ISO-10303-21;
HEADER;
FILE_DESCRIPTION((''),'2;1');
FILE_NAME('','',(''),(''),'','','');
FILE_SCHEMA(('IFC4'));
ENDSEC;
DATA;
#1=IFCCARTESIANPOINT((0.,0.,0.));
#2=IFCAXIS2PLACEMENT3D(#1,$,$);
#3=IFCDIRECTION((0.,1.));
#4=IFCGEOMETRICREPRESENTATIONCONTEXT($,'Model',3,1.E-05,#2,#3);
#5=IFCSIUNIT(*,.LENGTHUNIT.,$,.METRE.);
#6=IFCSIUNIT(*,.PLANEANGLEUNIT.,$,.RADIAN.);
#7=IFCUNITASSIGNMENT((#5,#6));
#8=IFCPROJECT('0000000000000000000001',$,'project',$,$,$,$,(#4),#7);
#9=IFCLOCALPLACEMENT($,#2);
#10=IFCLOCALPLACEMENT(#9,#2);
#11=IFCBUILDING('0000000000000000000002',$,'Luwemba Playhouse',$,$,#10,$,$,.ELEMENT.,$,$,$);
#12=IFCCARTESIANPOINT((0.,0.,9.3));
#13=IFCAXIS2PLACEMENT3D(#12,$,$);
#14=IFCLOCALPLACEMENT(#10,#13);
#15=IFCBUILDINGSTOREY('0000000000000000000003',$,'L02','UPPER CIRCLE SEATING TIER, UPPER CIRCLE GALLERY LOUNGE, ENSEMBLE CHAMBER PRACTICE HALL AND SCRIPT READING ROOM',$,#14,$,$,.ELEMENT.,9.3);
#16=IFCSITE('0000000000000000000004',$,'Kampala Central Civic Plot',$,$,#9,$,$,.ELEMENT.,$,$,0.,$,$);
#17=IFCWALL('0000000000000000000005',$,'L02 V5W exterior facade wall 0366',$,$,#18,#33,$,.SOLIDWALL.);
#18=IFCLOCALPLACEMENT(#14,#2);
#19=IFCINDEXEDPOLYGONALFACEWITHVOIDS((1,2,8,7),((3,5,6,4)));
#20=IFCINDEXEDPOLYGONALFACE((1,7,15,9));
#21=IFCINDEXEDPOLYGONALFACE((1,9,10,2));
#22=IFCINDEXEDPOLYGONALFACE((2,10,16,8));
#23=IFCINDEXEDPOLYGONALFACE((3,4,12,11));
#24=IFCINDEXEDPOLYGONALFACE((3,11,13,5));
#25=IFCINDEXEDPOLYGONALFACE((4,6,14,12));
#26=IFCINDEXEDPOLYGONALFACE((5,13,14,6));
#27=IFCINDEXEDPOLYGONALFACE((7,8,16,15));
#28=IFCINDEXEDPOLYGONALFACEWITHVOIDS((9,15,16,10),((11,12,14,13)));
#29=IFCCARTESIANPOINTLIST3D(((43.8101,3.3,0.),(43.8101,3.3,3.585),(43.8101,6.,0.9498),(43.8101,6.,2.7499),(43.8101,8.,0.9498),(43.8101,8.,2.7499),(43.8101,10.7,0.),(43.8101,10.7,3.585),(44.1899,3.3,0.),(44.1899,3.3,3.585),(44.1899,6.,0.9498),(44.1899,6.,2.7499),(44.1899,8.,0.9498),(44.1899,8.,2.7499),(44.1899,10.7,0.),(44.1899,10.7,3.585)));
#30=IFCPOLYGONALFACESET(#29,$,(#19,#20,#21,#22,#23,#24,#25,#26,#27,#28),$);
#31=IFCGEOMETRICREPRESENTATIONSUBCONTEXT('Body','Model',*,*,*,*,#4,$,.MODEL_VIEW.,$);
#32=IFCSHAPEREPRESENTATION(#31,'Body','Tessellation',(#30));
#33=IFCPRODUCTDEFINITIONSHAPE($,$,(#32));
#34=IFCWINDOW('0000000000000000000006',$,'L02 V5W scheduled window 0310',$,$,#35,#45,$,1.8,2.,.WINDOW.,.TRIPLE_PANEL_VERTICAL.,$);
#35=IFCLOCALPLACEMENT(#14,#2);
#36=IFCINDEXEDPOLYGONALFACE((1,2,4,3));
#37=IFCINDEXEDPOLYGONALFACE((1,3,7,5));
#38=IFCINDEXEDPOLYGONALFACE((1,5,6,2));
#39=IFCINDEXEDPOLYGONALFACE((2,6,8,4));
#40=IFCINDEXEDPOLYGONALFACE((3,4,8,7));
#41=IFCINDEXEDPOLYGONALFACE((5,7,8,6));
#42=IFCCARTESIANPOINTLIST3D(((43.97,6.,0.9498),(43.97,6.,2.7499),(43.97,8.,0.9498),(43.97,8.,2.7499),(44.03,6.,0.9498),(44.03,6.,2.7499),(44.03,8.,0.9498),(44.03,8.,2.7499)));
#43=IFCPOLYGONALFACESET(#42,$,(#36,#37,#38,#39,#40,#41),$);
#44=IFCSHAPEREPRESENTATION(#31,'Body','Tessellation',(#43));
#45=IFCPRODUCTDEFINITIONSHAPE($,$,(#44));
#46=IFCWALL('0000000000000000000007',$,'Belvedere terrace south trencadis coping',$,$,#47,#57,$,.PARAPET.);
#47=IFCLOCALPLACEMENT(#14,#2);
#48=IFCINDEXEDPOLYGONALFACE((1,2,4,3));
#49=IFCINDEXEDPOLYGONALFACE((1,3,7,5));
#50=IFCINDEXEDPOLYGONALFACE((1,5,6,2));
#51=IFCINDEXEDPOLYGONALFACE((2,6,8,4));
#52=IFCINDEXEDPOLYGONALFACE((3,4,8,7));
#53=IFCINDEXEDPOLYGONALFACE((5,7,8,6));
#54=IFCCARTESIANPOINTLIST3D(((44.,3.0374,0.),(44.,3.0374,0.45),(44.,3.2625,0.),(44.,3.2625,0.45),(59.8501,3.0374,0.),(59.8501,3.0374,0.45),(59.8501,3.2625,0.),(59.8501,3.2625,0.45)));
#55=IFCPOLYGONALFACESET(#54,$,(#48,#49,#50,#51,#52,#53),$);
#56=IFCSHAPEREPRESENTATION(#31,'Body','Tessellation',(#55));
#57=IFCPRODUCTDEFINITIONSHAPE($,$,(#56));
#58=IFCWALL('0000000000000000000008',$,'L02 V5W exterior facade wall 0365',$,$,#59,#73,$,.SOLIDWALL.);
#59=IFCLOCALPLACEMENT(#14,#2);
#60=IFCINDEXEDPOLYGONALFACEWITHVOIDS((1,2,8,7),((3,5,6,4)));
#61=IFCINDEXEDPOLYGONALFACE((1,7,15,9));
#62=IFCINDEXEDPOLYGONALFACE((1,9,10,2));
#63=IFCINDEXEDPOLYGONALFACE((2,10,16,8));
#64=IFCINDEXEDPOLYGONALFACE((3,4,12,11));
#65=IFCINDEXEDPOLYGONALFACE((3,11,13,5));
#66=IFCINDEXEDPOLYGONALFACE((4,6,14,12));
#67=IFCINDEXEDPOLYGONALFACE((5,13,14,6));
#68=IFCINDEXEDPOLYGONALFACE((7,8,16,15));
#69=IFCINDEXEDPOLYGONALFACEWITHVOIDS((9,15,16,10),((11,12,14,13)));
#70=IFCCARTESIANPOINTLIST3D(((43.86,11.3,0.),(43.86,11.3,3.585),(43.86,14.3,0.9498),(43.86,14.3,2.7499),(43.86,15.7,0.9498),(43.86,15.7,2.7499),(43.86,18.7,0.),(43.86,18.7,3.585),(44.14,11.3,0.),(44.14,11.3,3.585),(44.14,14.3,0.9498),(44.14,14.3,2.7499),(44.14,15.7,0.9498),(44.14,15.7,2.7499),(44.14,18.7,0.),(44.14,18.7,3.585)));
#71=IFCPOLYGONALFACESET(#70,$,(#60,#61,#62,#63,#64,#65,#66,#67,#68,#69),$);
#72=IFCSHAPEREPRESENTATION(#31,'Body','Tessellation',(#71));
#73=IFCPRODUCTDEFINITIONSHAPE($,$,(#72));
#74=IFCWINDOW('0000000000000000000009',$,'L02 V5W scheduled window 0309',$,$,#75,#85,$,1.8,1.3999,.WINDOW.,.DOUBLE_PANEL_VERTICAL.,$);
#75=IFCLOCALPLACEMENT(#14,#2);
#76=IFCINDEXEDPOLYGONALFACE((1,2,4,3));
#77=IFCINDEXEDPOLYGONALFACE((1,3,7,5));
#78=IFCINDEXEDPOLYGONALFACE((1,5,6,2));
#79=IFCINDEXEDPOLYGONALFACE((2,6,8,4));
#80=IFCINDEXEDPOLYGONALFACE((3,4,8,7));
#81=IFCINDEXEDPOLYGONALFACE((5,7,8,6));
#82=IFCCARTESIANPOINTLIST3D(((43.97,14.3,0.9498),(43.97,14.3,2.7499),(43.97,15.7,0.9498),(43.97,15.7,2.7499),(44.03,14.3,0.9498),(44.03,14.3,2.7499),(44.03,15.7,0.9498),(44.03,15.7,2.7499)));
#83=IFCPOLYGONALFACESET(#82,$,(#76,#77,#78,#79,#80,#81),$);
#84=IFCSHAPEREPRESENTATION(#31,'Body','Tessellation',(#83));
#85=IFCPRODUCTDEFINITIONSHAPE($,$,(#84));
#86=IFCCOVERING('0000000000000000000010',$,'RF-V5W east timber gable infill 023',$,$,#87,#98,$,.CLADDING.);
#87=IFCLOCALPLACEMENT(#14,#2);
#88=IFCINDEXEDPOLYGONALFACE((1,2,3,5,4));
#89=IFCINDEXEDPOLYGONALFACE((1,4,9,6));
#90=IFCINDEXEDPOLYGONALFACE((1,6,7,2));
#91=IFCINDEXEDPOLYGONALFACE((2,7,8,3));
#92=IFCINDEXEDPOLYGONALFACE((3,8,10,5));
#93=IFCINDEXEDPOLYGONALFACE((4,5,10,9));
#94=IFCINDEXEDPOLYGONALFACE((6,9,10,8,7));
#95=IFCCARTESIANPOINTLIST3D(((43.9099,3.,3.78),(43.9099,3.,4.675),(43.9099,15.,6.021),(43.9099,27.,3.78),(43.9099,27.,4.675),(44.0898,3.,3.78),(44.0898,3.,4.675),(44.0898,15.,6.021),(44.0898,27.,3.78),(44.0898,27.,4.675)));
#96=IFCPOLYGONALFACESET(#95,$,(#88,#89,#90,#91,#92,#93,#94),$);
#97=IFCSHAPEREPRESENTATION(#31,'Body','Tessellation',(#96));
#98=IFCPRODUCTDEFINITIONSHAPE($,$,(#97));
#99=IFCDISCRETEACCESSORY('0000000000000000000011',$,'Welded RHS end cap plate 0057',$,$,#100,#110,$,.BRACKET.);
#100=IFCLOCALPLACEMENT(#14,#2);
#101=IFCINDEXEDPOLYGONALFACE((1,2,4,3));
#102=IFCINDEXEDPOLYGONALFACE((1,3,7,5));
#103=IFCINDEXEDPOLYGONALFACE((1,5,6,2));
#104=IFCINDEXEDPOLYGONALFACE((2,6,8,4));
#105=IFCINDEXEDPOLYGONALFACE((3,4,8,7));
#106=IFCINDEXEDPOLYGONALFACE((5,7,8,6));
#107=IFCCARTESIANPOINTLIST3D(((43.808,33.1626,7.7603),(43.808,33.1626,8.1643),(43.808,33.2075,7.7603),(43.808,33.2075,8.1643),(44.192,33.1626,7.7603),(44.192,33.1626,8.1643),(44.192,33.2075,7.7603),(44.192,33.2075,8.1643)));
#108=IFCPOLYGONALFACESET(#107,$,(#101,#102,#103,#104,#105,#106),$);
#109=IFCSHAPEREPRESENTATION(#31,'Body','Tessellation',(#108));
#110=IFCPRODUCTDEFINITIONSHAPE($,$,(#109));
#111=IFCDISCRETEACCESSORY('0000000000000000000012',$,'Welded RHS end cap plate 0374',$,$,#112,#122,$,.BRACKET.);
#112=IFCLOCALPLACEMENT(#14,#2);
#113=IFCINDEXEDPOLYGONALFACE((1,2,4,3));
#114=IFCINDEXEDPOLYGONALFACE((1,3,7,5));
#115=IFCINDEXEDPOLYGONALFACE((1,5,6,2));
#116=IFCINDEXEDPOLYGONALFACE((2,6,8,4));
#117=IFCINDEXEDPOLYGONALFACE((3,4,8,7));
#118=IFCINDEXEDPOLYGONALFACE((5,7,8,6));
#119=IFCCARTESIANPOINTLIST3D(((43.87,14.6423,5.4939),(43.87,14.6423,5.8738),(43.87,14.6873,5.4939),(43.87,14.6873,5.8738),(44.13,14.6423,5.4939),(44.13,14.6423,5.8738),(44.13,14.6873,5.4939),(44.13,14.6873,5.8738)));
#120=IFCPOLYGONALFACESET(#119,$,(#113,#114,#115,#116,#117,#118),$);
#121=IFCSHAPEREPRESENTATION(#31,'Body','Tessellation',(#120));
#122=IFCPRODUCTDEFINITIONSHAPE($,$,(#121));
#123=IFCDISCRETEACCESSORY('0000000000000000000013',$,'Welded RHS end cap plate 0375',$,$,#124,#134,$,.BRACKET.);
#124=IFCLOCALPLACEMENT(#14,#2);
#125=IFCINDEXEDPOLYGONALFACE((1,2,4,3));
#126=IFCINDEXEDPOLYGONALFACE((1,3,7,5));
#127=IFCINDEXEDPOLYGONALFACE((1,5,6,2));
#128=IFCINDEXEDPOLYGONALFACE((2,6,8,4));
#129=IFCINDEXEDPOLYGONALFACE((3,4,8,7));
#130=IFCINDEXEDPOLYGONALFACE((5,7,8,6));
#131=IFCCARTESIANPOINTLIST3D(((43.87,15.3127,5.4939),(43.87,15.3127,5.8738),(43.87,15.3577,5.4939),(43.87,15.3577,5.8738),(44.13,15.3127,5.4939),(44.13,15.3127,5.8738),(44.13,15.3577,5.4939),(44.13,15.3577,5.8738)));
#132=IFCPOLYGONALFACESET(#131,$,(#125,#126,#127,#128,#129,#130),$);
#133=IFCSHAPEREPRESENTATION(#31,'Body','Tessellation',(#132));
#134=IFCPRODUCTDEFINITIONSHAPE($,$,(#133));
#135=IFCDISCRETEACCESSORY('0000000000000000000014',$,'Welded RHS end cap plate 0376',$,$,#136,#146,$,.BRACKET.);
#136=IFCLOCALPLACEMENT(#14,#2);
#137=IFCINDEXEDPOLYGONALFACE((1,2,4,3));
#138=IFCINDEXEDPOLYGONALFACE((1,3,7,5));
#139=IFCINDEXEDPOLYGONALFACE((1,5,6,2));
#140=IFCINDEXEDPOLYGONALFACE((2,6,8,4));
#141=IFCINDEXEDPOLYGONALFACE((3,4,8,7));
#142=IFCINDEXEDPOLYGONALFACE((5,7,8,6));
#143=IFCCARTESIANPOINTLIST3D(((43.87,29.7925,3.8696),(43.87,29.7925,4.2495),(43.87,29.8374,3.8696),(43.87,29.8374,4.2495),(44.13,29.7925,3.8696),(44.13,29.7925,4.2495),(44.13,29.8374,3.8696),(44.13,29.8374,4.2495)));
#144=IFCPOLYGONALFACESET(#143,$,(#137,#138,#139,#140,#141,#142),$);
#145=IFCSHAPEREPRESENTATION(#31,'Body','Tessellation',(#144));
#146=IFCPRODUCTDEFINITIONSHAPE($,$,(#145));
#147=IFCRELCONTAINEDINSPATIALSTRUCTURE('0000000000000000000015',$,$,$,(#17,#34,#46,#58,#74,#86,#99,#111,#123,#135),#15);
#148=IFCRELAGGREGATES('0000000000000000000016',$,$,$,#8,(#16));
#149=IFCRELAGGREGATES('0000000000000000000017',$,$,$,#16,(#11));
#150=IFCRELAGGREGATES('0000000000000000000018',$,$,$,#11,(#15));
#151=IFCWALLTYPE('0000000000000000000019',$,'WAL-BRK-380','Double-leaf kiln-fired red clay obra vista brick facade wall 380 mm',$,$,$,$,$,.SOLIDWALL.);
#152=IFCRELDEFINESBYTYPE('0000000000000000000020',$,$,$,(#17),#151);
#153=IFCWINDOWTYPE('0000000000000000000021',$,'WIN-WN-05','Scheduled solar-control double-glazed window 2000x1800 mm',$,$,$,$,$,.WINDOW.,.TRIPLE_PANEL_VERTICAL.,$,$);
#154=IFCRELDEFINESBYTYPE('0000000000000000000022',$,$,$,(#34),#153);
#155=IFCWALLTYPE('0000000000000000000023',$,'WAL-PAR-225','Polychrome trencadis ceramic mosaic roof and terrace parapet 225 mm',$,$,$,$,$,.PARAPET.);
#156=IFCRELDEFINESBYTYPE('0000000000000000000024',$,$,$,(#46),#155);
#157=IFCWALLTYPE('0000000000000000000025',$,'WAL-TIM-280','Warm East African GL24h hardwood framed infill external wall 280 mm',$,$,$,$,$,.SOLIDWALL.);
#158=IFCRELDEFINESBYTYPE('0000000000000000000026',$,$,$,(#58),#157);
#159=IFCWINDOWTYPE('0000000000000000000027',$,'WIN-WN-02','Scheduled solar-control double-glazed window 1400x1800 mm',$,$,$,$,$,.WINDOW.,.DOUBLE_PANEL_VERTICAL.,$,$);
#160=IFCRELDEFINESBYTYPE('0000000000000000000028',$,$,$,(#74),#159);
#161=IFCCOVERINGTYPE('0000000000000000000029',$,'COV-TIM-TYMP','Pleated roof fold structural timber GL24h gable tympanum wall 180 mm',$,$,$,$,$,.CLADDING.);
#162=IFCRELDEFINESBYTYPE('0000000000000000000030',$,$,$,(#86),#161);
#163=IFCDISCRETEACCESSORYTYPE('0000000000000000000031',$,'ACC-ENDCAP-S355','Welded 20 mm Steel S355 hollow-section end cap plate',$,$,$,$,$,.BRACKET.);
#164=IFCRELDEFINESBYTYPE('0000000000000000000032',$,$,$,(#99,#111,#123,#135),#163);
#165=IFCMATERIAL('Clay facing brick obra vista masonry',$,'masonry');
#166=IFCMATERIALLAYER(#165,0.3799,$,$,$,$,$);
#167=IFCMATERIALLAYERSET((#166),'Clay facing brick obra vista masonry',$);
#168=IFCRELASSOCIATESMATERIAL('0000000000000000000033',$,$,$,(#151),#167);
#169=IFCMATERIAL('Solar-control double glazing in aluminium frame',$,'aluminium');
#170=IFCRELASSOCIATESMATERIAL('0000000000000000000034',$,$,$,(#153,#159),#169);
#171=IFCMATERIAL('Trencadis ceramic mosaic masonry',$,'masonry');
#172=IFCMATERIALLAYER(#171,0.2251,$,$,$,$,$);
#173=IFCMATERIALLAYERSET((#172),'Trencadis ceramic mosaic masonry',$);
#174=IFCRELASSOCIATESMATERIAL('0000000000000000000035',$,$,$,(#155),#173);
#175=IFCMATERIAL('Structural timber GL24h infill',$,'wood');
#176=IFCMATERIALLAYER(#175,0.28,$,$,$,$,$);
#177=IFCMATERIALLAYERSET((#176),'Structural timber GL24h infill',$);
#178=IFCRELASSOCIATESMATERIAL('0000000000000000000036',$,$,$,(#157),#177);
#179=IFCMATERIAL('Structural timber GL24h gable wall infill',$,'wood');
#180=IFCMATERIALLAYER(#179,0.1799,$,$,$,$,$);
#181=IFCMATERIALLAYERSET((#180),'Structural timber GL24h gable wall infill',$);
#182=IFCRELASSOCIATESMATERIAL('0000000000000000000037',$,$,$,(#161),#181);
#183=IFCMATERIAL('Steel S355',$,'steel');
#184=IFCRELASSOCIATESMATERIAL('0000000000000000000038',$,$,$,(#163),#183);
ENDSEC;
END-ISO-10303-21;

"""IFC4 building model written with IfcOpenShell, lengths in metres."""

from ifc_helpers import new_model, si_unit, direction, frame, frame_2d, origin, origin_2d, place, context, subcontext, project, spatial, polyline, rectangle, outline, extrude, material, layer, layer_set, type_object, element, fill, save


model = new_model("IFC4")

# Units and contexts
model_context = context("Model", 3, precision=1e-05, world=origin(), true_north=direction((0.0, 1.0)))
body_context = subcontext(model_context, "Body", "Model", "MODEL_VIEW")
ifc_project = project(units=[si_unit("LENGTHUNIT", "METRE"), si_unit("PLANEANGLEUNIT", "RADIAN")], contexts=[model_context])

# Site, building, storey
site_placement = place(None, origin())
site = spatial("IfcSite", under=ifc_project, at=site_placement, Name="Kampala Central Civic Plot", CompositionType="ELEMENT", RefElevation=0.0)
building_placement = place(site_placement, origin())
building = spatial("IfcBuilding", under=site, at=building_placement, Name="Luwemba Playhouse", CompositionType="ELEMENT")
storey_placement = place(building_placement, frame((0.0, 0.0, 9.3)))
storey = spatial("IfcBuildingStorey", under=building, at=storey_placement, Name="L02", Description="UPPER CIRCLE SEATING TIER, UPPER CIRCLE GALLERY LOUNGE, ENSEMBLE CHAMBER PRACTICE HALL AND SCRIPT READING ROOM", CompositionType="ELEMENT", Elevation=9.3)

# Shared definitions
ifc_material_1 = material(Name="Steel S355", Category="steel")

# Shared definitions
ifc_material_2 = material(Name="Clay facing brick obra vista masonry", Category="masonry")
ifc_layer_1 = layer(ifc_material_2, 0.3799)
ifc_layer_set_1 = layer_set([ifc_layer_1], Name="Clay facing brick obra vista masonry")
wall_type_1 = type_object("IfcWallType", Name="WAL-BRK-380", Description="Double-leaf kiln-fired red clay obra vista brick facade wall 380 mm", PredefinedType="SOLIDWALL", material=ifc_layer_set_1)

# Wall, opening, window
wall_1_placement = place(storey_placement, frame((44.0, 10.7, 0.0), z_axis=(0.0, 0.0, 1.0), x_axis=(0.0, -1.0, 0.0)))
wall_1 = element("IfcWall", 1, at=wall_1_placement, inside=storey, type_object=wall_type_1, Name="L02 V5W exterior facade wall 0366", PredefinedType="SOLIDWALL", context=body_context, shape_type="SweptSolid", body=[
    extrude(rectangle(XDim=7.3999, YDim=0.3799, at=frame_2d((3.7, 0.0))), origin(), (0.0, 0.0, 1.0), 3.585),
])
opening_1_placement = place(wall_1_placement, frame((2.7, 0.0, 0.95)))
opening_1 = element("IfcOpeningElement", 2, at=opening_1_placement, cuts=wall_1, PredefinedType="OPENING", context=body_context, shape_type="SweptSolid", body=[
    extrude(rectangle(XDim=2.0, YDim=1.8, at=frame_2d((1.0, 0.8999))), frame((0.0, 0.2, 0.0), z_axis=(0.0, -1.0, 0.0), x_axis=(1.0, 0.0, 0.0)), (0.0, 0.0, 1.0), 0.3999),
])
ifc_material_3 = material(Name="Solar-control double glazing in aluminium frame", Category="aluminium")
window_type_1 = type_object("IfcWindowType", Name="WIN-WN-05", Description="Scheduled solar-control double-glazed window 2000x1800 mm", PartitioningType="TRIPLE_PANEL_VERTICAL", PredefinedType="WINDOW", material=ifc_material_3)
window_1_placement = place(opening_1_placement, origin())
window_1 = element("IfcWindow", 3, at=window_1_placement, inside=storey, type_object=window_type_1, Name="L02 V5W scheduled window 0310", OverallHeight=1.8, OverallWidth=2.0, PartitioningType="TRIPLE_PANEL_VERTICAL", PredefinedType="WINDOW", context=body_context, shape_type="SweptSolid", body=[
    extrude(rectangle(XDim=2.0, YDim=1.8, at=frame_2d((1.0, 0.8999))), frame((0.0, 0.03, 0.0), z_axis=(0.0, -1.0, 0.0), x_axis=(1.0, 0.0, 0.0)), (0.0, 0.0, 1.0), 0.0601),
])
fill(opening_1, window_1)

# Wall
ifc_material_4 = material(Name="Trencadis ceramic mosaic masonry", Category="masonry")
ifc_layer_2 = layer(ifc_material_4, 0.2251)
ifc_layer_set_2 = layer_set([ifc_layer_2], Name="Trencadis ceramic mosaic masonry")
wall_type_2 = type_object("IfcWallType", Name="WAL-PAR-225", Description="Polychrome trencadis ceramic mosaic roof and terrace parapet 225 mm", PredefinedType="PARAPET", material=ifc_layer_set_2)
wall_2_placement = place(storey_placement, frame((44.0, 3.1499, 0.0), z_axis=(0.0, 0.0, 1.0), x_axis=(1.0, 0.0, 0.0)))
element("IfcWall", 4, at=wall_2_placement, inside=storey, type_object=wall_type_2, Name="Belvedere terrace south trencadis coping", PredefinedType="PARAPET", context=body_context, shape_type="SweptSolid", body=[
    extrude(rectangle(XDim=15.8501, YDim=0.2251, at=frame_2d((7.925, 0.0))), origin(), (0.0, 0.0, 1.0), 0.45),
])

# Wall, opening, window
ifc_material_5 = material(Name="Structural timber GL24h infill", Category="wood")
ifc_layer_3 = layer(ifc_material_5, 0.28)
ifc_layer_set_3 = layer_set([ifc_layer_3], Name="Structural timber GL24h infill")
wall_type_3 = type_object("IfcWallType", Name="WAL-TIM-280", Description="Warm East African GL24h hardwood framed infill external wall 280 mm", PredefinedType="SOLIDWALL", material=ifc_layer_set_3)
wall_3_placement = place(storey_placement, frame((44.0, 18.7, 0.0), z_axis=(0.0, 0.0, 1.0), x_axis=(0.0, -1.0, 0.0)))
wall_3 = element("IfcWall", 5, at=wall_3_placement, inside=storey, type_object=wall_type_3, Name="L02 V5W exterior facade wall 0365", PredefinedType="SOLIDWALL", context=body_context, shape_type="SweptSolid", body=[
    extrude(rectangle(XDim=7.3999, YDim=0.28, at=frame_2d((3.7, 0.0))), origin(), (0.0, 0.0, 1.0), 3.585),
])
opening_2_placement = place(wall_3_placement, frame((3.0, 0.0, 0.95)))
opening_2 = element("IfcOpeningElement", 6, at=opening_2_placement, cuts=wall_3, PredefinedType="OPENING", context=body_context, shape_type="SweptSolid", body=[
    extrude(rectangle(XDim=1.3999, YDim=1.8, at=frame_2d((0.7, 0.8999))), frame((0.0, 0.1499, 0.0), z_axis=(0.0, -1.0, 0.0), x_axis=(1.0, 0.0, 0.0)), (0.0, 0.0, 1.0), 0.3),
])
window_type_2 = type_object("IfcWindowType", Name="WIN-WN-02", Description="Scheduled solar-control double-glazed window 1400x1800 mm", PartitioningType="DOUBLE_PANEL_VERTICAL", PredefinedType="WINDOW", material=ifc_material_3)
window_2_placement = place(opening_2_placement, origin())
window_2 = element("IfcWindow", 7, at=window_2_placement, inside=storey, type_object=window_type_2, Name="L02 V5W scheduled window 0309", OverallHeight=1.8, OverallWidth=1.3999, PartitioningType="DOUBLE_PANEL_VERTICAL", PredefinedType="WINDOW", context=body_context, shape_type="SweptSolid", body=[
    extrude(rectangle(XDim=1.3999, YDim=1.8, at=frame_2d((0.7, 0.8999))), frame((0.0, 0.03, 0.0), z_axis=(0.0, -1.0, 0.0), x_axis=(1.0, 0.0, 0.0)), (0.0, 0.0, 1.0), 0.0601),
])
fill(opening_2, window_2)

# Covering
ifc_material_6 = material(Name="Structural timber GL24h gable wall infill", Category="wood")
ifc_layer_4 = layer(ifc_material_6, 0.1799)
ifc_layer_set_4 = layer_set([ifc_layer_4], Name="Structural timber GL24h gable wall infill")
covering_type = type_object("IfcCoveringType", Name="COV-TIM-TYMP", Description="Pleated roof fold structural timber GL24h gable tympanum wall 180 mm", PredefinedType="CLADDING", material=ifc_layer_set_4)
covering_placement = place(storey_placement, frame((44.0, 27.0, 3.78), z_axis=(0.0, 0.0, 1.0), x_axis=(0.0, -1.0, 0.0)))
element("IfcCovering", 8, at=covering_placement, inside=storey, type_object=covering_type, Name="RF-V5W east timber gable infill 023", PredefinedType="CLADDING", context=body_context, shape_type="SweptSolid", body=[
    extrude(outline(polyline([(0.0, 0.0), (24.0, 0.0), (24.0, 0.895), (12.0, 2.241), (0.0, 0.895), (0.0, 0.0)])), frame((0.0, 0.0898, 0.0), z_axis=(0.0, -1.0, 0.0), x_axis=(1.0, 0.0, 0.0)), (0.0, 0.0, 1.0), 0.1799),
])

# Discrete accessories
discrete_accessory_type = type_object("IfcDiscreteAccessoryType", Name="ACC-ENDCAP-S355", Description="Welded 20 mm Steel S355 hollow-section end cap plate", PredefinedType="BRACKET", material=ifc_material_1)
discrete_accessory_placement = place(storey_placement, frame((44.0, 33.1851, 7.7603), z_axis=(0.0, 0.0, 1.0), x_axis=(1.0, 0.0, 0.0)))
element("IfcDiscreteAccessory", 9, at=discrete_accessory_placement, inside=storey, type_object=discrete_accessory_type, Name="Welded RHS end cap plate 0057", PredefinedType="BRACKET", context=body_context, shape_type="SweptSolid", body=[
    extrude(rectangle(XDim=0.384, YDim=0.0449, at=origin_2d()), origin(), (0.0, 0.0, 1.0), 0.4041),
])
for number, where, z_axis, x_axis, name in (
    (10, (44.0, 14.6648, 5.4939), (0.0, 0.0, 1.0), (1.0, 0.0, 0.0), "Welded RHS end cap plate 0374"),
    (11, (44.0, 15.3352, 5.4939), (0.0, 0.0, 1.0), (1.0, 0.0, 0.0), "Welded RHS end cap plate 0375"),
    (12, (44.0, 29.8149, 3.8696), (0.0, 0.0, 1.0), (1.0, 0.0, 0.0), "Welded RHS end cap plate 0376"),
):
    element("IfcDiscreteAccessory", number, at=place(storey_placement, frame(where, z_axis=z_axis, x_axis=x_axis)), inside=storey, type_object=discrete_accessory_type, Name=name, PredefinedType="BRACKET", context=body_context, shape_type="SweptSolid", body=[
        extrude(rectangle(XDim=0.26, YDim=0.0449, at=origin_2d()), origin(), (0.0, 0.0, 1.0), 0.3799),
    ])

save(model, "model.ifc")
